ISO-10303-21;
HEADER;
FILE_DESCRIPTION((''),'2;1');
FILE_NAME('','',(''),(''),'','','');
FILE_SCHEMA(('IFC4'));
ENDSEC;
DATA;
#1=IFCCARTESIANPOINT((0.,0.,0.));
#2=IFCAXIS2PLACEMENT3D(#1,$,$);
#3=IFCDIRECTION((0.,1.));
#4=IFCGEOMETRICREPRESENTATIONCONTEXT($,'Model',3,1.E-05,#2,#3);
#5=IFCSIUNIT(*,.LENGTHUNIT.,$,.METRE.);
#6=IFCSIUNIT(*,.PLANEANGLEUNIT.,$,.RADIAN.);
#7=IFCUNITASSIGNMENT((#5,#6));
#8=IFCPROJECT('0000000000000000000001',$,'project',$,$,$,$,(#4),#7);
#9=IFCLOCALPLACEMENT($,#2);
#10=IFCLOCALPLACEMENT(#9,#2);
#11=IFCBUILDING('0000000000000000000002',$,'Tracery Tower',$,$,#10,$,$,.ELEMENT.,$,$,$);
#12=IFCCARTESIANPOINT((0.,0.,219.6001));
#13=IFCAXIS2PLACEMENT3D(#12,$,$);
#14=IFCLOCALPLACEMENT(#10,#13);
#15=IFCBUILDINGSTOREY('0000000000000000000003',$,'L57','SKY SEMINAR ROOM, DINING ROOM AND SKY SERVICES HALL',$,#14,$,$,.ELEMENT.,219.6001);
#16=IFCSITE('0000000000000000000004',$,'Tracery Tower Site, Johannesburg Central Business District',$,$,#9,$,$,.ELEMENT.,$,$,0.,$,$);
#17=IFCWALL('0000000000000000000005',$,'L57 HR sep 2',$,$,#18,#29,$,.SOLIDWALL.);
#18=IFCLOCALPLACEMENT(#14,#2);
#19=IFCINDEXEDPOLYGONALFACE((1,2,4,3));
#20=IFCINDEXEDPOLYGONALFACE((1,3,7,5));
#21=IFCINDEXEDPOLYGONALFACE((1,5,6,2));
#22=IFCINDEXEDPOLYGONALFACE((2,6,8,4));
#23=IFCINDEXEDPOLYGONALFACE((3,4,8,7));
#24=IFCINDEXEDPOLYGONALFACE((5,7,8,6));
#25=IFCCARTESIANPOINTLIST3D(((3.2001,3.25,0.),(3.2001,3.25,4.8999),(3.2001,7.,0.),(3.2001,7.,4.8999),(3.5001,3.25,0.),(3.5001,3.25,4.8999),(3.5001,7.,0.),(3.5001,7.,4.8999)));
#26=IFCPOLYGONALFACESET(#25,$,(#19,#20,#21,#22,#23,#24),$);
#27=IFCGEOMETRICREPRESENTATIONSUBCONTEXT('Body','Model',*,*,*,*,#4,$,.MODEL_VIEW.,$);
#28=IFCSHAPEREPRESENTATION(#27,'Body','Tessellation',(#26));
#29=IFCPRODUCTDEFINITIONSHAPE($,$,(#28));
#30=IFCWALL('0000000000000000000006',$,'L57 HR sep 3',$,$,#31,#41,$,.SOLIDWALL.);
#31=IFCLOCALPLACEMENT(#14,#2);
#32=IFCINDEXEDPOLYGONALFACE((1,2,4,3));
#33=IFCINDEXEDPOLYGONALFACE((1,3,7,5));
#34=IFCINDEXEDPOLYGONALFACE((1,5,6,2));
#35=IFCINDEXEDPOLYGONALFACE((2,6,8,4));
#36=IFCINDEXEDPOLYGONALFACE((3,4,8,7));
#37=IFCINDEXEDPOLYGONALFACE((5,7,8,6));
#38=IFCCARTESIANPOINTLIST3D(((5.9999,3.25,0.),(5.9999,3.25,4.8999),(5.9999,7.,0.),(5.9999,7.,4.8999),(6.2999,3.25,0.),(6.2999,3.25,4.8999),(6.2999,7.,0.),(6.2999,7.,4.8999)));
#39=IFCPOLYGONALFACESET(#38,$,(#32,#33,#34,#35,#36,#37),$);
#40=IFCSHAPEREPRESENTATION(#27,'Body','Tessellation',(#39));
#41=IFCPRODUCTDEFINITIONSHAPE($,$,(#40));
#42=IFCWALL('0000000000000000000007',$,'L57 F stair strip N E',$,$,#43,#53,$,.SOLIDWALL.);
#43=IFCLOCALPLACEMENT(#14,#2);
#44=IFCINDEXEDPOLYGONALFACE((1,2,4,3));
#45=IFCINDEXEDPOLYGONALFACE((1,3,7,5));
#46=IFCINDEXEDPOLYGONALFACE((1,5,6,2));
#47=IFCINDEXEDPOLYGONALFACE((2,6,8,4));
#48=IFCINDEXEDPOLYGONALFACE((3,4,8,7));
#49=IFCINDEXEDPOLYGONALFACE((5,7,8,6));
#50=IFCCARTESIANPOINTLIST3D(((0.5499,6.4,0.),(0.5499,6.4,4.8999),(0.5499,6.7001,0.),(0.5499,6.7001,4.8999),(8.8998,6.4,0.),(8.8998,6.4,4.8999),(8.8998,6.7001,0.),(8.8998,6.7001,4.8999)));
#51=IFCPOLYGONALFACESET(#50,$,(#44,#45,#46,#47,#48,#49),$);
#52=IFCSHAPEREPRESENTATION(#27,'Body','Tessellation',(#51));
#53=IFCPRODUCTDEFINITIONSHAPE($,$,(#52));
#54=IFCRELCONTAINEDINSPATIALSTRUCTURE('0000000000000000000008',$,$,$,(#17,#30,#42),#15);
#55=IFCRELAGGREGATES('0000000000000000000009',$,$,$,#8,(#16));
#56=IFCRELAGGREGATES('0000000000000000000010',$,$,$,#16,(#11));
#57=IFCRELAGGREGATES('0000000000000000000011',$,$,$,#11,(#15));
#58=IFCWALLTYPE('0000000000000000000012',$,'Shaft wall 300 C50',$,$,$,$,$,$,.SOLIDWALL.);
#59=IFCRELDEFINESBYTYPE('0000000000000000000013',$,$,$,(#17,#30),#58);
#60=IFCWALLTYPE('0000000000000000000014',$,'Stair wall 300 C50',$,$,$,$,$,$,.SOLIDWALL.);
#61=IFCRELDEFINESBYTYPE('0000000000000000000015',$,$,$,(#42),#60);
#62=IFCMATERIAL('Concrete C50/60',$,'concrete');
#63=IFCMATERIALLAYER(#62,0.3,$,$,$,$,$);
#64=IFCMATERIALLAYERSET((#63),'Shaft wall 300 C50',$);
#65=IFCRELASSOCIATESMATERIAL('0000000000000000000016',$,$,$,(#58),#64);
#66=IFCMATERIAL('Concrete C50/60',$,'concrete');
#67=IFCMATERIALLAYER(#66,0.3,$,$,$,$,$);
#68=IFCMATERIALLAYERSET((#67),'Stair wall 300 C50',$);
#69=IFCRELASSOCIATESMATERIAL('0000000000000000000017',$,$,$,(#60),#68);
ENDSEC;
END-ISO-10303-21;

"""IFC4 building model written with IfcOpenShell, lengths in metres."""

from ifc_helpers import new_model, si_unit, direction, frame, frame_2d, origin, place, context, subcontext, project, spatial, rectangle, extrude, material, layer, layer_set, type_object, element, save


model = new_model("IFC4")

# Units and contexts
model_context = context("Model", 3, precision=1e-05, world=origin(), true_north=direction((0.0, 1.0)))
body_context = subcontext(model_context, "Body", "Model", "MODEL_VIEW")
ifc_project = project(units=[si_unit("LENGTHUNIT", "METRE"), si_unit("PLANEANGLEUNIT", "RADIAN")], contexts=[model_context])

# Site, building, storey
site_placement = place(None, origin())
site = spatial("IfcSite", under=ifc_project, at=site_placement, Name="Tracery Tower Site, Johannesburg Central Business District", CompositionType="ELEMENT", RefElevation=0.0)
building_placement = place(site_placement, origin())
building = spatial("IfcBuilding", under=site, at=building_placement, Name="Tracery Tower", CompositionType="ELEMENT")
storey_placement = place(building_placement, frame((0.0, 0.0, 219.6001)))
storey = spatial("IfcBuildingStorey", under=building, at=storey_placement, Name="L57", Description="SKY SEMINAR ROOM, DINING ROOM AND SKY SERVICES HALL", CompositionType="ELEMENT", Elevation=219.6001)

# Walls
ifc_material_1 = material(Name="Concrete C50/60", Category="concrete")
ifc_layer_1 = layer(ifc_material_1, 0.3)
ifc_layer_set_1 = layer_set([ifc_layer_1], Name="Shaft wall 300 C50")
wall_type_1 = type_object("IfcWallType", Name="Shaft wall 300 C50", PredefinedType="SOLIDWALL", material=ifc_layer_set_1)
for number, where, z_axis, x_axis, name in (
    (1, (3.3501, 3.25, 0.0), (0.0, 0.0, 1.0), (0.0, 1.0, 0.0), "L57 HR sep 2"),
    (2, (6.1499, 3.25, 0.0), (0.0, 0.0, 1.0), (0.0, 1.0, 0.0), "L57 HR sep 3"),
):
    element("IfcWall", number, at=place(storey_placement, frame(where, z_axis=z_axis, x_axis=x_axis)), inside=storey, type_object=wall_type_1, Name=name, PredefinedType="SOLIDWALL", context=body_context, shape_type="SweptSolid", body=[
        extrude(rectangle(XDim=3.75, YDim=0.3, at=frame_2d((1.875, 0.0))), origin(), (0.0, 0.0, 1.0), 4.8999),
    ])

# Wall
ifc_material_2 = material(Name="Concrete C50/60", Category="concrete")
ifc_layer_2 = layer(ifc_material_2, 0.3)
ifc_layer_set_2 = layer_set([ifc_layer_2], Name="Stair wall 300 C50")
wall_type_2 = type_object("IfcWallType", Name="Stair wall 300 C50", PredefinedType="SOLIDWALL", material=ifc_layer_set_2)
wall_1_placement = place(storey_placement, frame((0.55, 6.55, 0.0), z_axis=(0.0, 0.0, 1.0), x_axis=(1.0, 0.0, 0.0)))
element("IfcWall", 3, at=wall_1_placement, inside=storey, type_object=wall_type_2, Name="L57 F stair strip N E", PredefinedType="SOLIDWALL", context=body_context, shape_type="SweptSolid", body=[
    extrude(rectangle(XDim=8.3499, YDim=0.3, at=frame_2d((4.1748, 0.0))), origin(), (0.0, 0.0, 1.0), 4.8999),
])

save(model, "model.ifc")
